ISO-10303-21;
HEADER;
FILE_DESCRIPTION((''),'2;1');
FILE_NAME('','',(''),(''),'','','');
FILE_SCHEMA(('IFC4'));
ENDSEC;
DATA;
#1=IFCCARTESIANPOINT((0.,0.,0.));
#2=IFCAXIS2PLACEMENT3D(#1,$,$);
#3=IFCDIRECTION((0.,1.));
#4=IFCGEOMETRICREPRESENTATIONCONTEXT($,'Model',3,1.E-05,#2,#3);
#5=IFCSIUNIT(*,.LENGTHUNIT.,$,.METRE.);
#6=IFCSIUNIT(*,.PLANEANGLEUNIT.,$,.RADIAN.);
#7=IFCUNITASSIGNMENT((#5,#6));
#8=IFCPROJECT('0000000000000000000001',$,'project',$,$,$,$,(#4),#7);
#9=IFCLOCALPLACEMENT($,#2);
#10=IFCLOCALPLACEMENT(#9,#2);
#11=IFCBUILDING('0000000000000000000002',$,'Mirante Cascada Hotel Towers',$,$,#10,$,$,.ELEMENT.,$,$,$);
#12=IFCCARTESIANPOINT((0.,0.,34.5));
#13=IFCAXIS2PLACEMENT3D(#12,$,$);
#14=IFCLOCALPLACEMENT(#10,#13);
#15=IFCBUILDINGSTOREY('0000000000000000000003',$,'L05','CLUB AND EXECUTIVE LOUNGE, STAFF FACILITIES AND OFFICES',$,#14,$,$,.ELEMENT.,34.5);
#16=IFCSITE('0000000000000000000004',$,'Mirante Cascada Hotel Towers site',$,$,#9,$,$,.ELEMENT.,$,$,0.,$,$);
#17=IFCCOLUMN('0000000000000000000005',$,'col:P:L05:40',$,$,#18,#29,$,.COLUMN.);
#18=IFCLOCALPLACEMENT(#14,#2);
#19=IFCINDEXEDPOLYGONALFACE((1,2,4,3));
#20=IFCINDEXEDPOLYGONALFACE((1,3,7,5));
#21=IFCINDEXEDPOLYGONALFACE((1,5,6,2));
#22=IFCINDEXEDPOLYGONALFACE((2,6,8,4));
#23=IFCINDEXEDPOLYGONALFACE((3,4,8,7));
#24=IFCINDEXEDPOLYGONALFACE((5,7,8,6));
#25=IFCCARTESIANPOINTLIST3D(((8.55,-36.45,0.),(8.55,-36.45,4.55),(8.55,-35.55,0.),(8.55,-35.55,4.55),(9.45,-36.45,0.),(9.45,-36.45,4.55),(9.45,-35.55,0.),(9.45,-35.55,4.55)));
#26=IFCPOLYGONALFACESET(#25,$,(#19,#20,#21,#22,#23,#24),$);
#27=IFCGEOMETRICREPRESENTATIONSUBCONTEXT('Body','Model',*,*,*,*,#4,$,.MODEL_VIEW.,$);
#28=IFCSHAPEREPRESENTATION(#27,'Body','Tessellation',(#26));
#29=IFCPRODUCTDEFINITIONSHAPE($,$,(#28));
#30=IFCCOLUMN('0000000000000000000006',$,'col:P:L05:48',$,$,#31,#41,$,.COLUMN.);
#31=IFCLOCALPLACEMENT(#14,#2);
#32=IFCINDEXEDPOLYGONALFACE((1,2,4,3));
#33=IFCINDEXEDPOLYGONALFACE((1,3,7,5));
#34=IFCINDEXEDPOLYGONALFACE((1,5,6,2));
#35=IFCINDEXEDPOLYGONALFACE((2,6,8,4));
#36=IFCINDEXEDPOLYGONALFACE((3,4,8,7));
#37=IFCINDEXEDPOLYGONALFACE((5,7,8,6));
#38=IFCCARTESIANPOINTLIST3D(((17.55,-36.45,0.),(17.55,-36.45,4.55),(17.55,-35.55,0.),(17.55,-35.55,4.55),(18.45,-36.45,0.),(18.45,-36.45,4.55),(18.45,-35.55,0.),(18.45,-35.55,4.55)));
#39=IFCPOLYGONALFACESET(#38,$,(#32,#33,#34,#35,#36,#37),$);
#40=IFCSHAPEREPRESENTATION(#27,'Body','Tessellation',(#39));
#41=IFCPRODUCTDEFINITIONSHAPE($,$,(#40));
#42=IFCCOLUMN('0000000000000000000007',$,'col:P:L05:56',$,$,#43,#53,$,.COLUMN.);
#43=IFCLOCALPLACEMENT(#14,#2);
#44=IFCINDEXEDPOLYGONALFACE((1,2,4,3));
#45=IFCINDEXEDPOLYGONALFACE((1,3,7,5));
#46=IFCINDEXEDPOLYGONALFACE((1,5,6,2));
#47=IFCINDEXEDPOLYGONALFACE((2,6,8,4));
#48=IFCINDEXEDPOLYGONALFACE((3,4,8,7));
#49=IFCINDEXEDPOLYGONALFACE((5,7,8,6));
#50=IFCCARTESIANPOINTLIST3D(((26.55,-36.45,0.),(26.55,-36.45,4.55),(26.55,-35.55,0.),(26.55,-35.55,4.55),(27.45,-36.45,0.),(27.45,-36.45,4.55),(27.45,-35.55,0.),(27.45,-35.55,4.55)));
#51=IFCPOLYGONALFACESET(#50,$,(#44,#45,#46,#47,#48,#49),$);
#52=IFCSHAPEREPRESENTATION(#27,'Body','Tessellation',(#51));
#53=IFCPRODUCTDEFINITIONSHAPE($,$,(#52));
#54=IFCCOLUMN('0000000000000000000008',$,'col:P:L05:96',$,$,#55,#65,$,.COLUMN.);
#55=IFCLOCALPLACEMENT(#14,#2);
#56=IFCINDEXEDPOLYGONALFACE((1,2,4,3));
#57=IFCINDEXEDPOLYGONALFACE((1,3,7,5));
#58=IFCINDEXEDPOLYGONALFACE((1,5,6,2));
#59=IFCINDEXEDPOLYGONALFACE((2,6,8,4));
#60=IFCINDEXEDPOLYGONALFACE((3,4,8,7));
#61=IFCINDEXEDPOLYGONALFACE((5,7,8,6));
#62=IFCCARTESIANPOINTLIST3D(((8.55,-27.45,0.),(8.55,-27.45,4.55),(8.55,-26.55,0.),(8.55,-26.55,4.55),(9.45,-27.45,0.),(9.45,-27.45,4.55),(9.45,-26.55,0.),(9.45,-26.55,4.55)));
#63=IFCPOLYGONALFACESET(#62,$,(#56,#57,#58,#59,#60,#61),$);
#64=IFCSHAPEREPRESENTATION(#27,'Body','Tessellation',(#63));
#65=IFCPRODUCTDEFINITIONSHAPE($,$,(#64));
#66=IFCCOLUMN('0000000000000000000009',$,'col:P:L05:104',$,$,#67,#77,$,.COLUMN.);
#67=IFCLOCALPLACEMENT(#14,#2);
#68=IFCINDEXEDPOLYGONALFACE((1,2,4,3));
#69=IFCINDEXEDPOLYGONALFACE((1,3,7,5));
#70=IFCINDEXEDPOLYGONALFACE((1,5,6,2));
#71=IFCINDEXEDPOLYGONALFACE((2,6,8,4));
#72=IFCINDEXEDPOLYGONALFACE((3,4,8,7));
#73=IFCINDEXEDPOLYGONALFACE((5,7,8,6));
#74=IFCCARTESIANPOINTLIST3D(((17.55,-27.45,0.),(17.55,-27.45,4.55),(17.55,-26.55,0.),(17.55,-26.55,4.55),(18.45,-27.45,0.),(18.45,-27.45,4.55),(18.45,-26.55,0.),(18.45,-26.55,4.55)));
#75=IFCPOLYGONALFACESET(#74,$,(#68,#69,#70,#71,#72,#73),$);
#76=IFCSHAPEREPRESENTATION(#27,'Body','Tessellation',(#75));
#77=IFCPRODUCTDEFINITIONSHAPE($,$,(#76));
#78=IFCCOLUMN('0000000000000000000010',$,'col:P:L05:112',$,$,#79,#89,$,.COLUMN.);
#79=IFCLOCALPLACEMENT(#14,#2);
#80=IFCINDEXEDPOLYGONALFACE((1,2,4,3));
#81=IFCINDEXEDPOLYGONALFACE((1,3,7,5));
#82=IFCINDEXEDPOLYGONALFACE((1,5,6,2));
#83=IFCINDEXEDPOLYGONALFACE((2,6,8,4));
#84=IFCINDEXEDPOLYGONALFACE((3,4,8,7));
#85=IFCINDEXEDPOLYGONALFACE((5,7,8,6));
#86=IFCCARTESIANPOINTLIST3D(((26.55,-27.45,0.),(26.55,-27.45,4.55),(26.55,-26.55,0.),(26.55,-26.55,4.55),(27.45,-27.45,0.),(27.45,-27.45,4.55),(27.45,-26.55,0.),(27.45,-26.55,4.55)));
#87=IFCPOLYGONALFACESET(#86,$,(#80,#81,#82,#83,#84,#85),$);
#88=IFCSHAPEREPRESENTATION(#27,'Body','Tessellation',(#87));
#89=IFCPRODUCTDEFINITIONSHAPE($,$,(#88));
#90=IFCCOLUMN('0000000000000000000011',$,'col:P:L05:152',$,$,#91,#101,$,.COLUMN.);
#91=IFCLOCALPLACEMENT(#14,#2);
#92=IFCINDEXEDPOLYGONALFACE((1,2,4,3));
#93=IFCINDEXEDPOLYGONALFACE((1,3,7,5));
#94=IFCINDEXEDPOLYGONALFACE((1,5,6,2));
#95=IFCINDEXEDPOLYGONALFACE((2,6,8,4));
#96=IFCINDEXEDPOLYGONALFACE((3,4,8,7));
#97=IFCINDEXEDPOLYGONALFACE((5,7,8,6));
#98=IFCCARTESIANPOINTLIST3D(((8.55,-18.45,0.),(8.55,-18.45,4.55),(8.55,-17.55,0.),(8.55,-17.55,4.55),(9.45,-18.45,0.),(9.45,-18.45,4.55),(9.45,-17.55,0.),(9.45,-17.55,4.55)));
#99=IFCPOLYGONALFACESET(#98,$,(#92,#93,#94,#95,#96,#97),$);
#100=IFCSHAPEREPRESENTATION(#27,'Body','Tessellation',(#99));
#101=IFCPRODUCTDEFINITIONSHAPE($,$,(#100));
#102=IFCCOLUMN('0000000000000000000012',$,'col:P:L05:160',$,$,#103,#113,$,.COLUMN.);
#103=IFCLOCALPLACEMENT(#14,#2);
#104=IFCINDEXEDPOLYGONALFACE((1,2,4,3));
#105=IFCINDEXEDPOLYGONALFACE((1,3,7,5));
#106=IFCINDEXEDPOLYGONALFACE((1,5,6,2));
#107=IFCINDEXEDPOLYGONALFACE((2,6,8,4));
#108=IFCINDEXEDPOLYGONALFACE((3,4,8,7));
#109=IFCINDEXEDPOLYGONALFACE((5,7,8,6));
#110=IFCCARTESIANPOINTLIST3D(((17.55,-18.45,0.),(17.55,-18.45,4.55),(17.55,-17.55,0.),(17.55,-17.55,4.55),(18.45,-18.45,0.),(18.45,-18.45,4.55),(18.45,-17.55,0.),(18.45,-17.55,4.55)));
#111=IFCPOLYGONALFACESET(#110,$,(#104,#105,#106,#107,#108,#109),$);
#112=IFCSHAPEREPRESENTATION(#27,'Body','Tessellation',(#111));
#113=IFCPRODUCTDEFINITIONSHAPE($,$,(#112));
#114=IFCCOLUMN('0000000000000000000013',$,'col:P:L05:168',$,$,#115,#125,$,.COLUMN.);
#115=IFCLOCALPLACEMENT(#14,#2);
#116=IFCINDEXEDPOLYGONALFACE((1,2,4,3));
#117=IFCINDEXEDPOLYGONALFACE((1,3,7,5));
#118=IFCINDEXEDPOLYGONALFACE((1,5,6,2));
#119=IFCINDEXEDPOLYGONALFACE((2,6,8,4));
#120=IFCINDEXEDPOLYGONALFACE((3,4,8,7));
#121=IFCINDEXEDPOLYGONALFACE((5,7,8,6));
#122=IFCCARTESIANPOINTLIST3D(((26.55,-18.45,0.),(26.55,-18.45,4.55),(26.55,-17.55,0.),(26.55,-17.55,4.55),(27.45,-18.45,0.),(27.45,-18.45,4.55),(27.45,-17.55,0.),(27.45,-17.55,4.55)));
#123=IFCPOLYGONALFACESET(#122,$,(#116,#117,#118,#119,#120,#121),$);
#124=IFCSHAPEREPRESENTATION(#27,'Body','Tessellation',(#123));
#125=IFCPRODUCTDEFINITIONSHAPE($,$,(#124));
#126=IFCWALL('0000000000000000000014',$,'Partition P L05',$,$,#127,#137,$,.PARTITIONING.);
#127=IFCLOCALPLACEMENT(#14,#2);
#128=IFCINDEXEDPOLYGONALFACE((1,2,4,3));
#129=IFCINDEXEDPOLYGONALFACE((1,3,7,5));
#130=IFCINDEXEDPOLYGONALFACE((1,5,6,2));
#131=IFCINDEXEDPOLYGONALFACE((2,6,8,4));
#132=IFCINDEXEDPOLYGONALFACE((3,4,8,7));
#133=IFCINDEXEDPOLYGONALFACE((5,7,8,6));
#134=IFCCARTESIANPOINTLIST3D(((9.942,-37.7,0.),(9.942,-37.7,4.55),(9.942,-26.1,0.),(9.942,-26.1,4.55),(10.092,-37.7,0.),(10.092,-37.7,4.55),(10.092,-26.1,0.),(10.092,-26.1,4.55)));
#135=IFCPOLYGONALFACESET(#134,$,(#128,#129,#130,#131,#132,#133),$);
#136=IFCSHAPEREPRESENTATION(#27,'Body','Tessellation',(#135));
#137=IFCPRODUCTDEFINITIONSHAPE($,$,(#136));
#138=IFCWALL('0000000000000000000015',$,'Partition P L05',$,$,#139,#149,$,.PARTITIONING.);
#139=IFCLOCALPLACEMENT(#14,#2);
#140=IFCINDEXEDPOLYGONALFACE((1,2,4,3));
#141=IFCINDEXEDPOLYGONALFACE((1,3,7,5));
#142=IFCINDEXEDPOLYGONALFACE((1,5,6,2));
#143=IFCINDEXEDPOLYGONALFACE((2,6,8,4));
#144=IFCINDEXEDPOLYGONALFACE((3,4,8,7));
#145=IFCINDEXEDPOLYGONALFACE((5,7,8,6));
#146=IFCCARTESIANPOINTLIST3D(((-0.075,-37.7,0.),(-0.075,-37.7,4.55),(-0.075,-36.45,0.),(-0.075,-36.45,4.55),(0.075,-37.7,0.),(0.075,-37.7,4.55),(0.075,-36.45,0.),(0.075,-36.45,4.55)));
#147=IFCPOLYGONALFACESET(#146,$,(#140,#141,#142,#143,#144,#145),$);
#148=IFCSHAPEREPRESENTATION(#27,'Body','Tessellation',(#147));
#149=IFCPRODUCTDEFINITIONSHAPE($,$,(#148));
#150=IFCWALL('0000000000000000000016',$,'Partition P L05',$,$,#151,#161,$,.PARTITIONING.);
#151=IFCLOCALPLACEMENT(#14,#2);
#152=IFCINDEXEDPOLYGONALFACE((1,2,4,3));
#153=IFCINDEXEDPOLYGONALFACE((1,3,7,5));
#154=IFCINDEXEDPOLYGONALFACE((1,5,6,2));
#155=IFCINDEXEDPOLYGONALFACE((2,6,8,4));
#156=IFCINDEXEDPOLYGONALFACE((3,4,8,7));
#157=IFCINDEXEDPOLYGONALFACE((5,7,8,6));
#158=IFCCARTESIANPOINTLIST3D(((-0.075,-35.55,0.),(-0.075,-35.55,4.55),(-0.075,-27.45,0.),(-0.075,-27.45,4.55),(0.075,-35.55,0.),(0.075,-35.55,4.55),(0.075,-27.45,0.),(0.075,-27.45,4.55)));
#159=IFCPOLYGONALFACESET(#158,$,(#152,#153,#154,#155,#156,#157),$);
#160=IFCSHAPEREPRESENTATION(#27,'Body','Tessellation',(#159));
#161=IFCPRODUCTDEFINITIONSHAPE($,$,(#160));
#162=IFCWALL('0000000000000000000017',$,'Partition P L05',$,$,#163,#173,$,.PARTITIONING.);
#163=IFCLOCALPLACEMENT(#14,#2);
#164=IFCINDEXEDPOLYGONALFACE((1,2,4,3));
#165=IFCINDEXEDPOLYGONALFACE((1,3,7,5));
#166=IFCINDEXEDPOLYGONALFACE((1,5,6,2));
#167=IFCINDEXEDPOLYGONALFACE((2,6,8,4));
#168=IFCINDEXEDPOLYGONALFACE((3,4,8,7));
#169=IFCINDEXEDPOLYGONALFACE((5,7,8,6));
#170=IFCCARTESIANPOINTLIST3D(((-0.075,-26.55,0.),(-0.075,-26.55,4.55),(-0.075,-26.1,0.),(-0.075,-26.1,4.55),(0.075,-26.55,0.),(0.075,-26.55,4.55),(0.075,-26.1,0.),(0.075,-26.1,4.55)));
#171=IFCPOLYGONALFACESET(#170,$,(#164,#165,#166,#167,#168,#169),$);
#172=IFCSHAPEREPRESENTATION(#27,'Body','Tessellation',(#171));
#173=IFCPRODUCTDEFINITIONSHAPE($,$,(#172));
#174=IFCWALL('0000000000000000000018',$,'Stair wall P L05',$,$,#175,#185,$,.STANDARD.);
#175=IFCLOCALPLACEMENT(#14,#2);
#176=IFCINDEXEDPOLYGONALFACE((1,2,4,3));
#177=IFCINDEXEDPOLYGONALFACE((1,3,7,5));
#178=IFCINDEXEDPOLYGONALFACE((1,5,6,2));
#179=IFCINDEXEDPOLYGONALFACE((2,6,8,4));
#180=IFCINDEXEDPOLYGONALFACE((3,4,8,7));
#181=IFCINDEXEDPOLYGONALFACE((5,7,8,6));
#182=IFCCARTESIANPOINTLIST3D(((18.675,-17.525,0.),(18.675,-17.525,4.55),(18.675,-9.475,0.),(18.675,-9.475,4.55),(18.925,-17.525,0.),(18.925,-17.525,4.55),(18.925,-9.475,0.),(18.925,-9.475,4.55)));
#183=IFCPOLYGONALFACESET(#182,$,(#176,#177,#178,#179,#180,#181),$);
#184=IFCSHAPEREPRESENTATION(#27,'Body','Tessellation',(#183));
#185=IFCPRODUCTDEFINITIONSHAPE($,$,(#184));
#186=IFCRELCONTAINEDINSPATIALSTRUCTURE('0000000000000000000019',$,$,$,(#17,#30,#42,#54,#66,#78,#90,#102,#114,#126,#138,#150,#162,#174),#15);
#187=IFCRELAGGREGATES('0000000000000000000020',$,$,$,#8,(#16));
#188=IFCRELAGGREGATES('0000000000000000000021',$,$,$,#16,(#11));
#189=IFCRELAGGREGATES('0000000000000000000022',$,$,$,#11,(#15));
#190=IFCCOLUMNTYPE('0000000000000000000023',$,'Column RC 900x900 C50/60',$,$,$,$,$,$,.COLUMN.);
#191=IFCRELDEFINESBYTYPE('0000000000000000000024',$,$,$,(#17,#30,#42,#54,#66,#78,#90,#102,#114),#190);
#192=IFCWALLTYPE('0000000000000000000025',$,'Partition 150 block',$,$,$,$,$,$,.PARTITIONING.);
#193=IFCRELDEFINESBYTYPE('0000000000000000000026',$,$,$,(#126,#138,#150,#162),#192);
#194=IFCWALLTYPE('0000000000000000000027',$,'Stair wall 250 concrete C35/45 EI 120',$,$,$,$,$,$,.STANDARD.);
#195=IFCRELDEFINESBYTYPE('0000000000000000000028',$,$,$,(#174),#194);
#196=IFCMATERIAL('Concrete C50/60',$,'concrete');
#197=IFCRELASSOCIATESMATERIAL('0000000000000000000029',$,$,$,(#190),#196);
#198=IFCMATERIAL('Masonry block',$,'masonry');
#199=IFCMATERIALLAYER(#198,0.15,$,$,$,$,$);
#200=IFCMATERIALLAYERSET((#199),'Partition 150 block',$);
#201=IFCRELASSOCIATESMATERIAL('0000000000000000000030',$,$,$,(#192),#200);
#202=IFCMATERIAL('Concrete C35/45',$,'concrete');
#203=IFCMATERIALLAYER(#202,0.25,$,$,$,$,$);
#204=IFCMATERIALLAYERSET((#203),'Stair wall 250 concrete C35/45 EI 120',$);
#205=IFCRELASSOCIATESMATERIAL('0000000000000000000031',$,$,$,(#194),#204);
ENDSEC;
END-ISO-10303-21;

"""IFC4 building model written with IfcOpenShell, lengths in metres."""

from ifc_helpers import new_model, si_unit, direction, frame, frame_2d, origin, origin_2d, place, context, subcontext, project, spatial, rectangle, extrude, material, layer, layer_set, material_profile, profile_set, type_object, element, save


model = new_model("IFC4")

# Units and contexts
model_context = context("Model", 3, precision=1e-05, world=origin(), true_north=direction((0.0, 1.0)))
body_context = subcontext(model_context, "Body", "Model", "MODEL_VIEW")
ifc_project = project(units=[si_unit("LENGTHUNIT", "METRE"), si_unit("PLANEANGLEUNIT", "RADIAN")], contexts=[model_context])

# Site, building, storey
site_placement = place(None, origin())
site = spatial("IfcSite", under=ifc_project, at=site_placement, Name="Mirante Cascada Hotel Towers site", CompositionType="ELEMENT", RefElevation=0.0)
building_placement = place(site_placement, origin())
building = spatial("IfcBuilding", under=site, at=building_placement, Name="Mirante Cascada Hotel Towers", CompositionType="ELEMENT")
storey_placement = place(building_placement, frame((0.0, 0.0, 34.5)))
storey = spatial("IfcBuildingStorey", under=building, at=storey_placement, Name="L05", Description="CLUB AND EXECUTIVE LOUNGE, STAFF FACILITIES AND OFFICES", CompositionType="ELEMENT", Elevation=34.5)

# Columns
ifc_material_1 = material(Name="Concrete C50/60", Category="concrete")
ifc_material_profile = material_profile(ifc_material_1, rectangle(XDim=0.9, YDim=0.9, at=origin_2d()), Name="RC 900x900")
ifc_profile_set = profile_set([ifc_material_profile], Name="Concrete C50/60")
column_type = type_object("IfcColumnType", Name="Column RC 900x900 C50/60", PredefinedType="COLUMN", material=ifc_profile_set)
for number, where, z_axis, x_axis, name in (
    (1, (9.0, -36.0, 0.0), (0.0, 0.0, 1.0), (1.0, 0.0, 0.0), "col:P:L05:40"),
    (2, (18.0, -36.0, 0.0), (0.0, 0.0, 1.0), (1.0, 0.0, 0.0), "col:P:L05:48"),
    (3, (27.0, -36.0, 0.0), (0.0, 0.0, 1.0), (1.0, 0.0, 0.0), "col:P:L05:56"),
    (4, (9.0, -27.0, 0.0), (0.0, 0.0, 1.0), (1.0, 0.0, 0.0), "col:P:L05:96"),
    (5, (18.0, -27.0, 0.0), (0.0, 0.0, 1.0), (1.0, 0.0, 0.0), "col:P:L05:104"),
    (6, (27.0, -27.0, 0.0), (0.0, 0.0, 1.0), (1.0, 0.0, 0.0), "col:P:L05:112"),
    (7, (9.0, -18.0, 0.0), (0.0, 0.0, 1.0), (1.0, 0.0, 0.0), "col:P:L05:152"),
    (8, (18.0, -18.0, 0.0), (0.0, 0.0, 1.0), (1.0, 0.0, 0.0), "col:P:L05:160"),
    (9, (27.0, -18.0, 0.0), (0.0, 0.0, 1.0), (1.0, 0.0, 0.0), "col:P:L05:168"),
):
    element("IfcColumn", number, at=place(storey_placement, frame(where, z_axis=z_axis, x_axis=x_axis)), inside=storey, type_object=column_type, Name=name, PredefinedType="COLUMN", context=body_context, shape_type="SweptSolid", body=[
        extrude(rectangle(XDim=0.9, YDim=0.9, at=origin_2d()), origin(), (0.0, 0.0, 1.0), 4.55),
    ])

# Walls
ifc_material_2 = material(Name="Masonry block", Category="masonry")
ifc_layer_1 = layer(ifc_material_2, 0.15)
ifc_layer_set_1 = layer_set([ifc_layer_1], Name="Partition 150 block")
wall_type_1 = type_object("IfcWallType", Name="Partition 150 block", PredefinedType="PARTITIONING", material=ifc_layer_set_1)
wall_1_placement = place(storey_placement, frame((10.017, -37.7, 0.0), z_axis=(0.0, 0.0, 1.0), x_axis=(0.0, 1.0, 0.0)))
element("IfcWall", 10, at=wall_1_placement, inside=storey, type_object=wall_type_1, Name="Partition P L05", PredefinedType="PARTITIONING", context=body_context, shape_type="SweptSolid", body=[
    extrude(rectangle(XDim=11.6, YDim=0.15, at=frame_2d((5.8, 0.0))), origin(), (0.0, 0.0, 1.0), 4.55),
])
wall_2_placement = place(storey_placement, frame((0.0, -37.7, 0.0), z_axis=(0.0, 0.0, 1.0), x_axis=(0.0, 1.0, 0.0)))
element("IfcWall", 11, at=wall_2_placement, inside=storey, type_object=wall_type_1, Name="Partition P L05", PredefinedType="PARTITIONING", context=body_context, shape_type="SweptSolid", body=[
    extrude(rectangle(XDim=1.25, YDim=0.15, at=frame_2d((0.625, 0.0))), origin(), (0.0, 0.0, 1.0), 4.55),
])
wall_3_placement = place(storey_placement, frame((0.0, -35.55, 0.0), z_axis=(0.0, 0.0, 1.0), x_axis=(0.0, 1.0, 0.0)))
element("IfcWall", 12, at=wall_3_placement, inside=storey, type_object=wall_type_1, Name="Partition P L05", PredefinedType="PARTITIONING", context=body_context, shape_type="SweptSolid", body=[
    extrude(rectangle(XDim=8.1, YDim=0.15, at=frame_2d((4.05, 0.0))), origin(), (0.0, 0.0, 1.0), 4.55),
])
wall_4_placement = place(storey_placement, frame((0.0, -26.55, 0.0), z_axis=(0.0, 0.0, 1.0), x_axis=(0.0, 1.0, 0.0)))
element("IfcWall", 13, at=wall_4_placement, inside=storey, type_object=wall_type_1, Name="Partition P L05", PredefinedType="PARTITIONING", context=body_context, shape_type="SweptSolid", body=[
    extrude(rectangle(XDim=0.45, YDim=0.15, at=frame_2d((0.225, 0.0))), origin(), (0.0, 0.0, 1.0), 4.55),
])
ifc_material_3 = material(Name="Concrete C35/45", Category="concrete")
ifc_layer_2 = layer(ifc_material_3, 0.25)
ifc_layer_set_2 = layer_set([ifc_layer_2], Name="Stair wall 250 concrete C35/45 EI 120")
wall_type_2 = type_object("IfcWallType", Name="Stair wall 250 concrete C35/45 EI 120", PredefinedType="STANDARD", material=ifc_layer_set_2)
wall_5_placement = place(storey_placement, frame((18.8, -17.525, 0.0), z_axis=(0.0, 0.0, 1.0), x_axis=(0.0, 1.0, 0.0)))
element("IfcWall", 14, at=wall_5_placement, inside=storey, type_object=wall_type_2, Name="Stair wall P L05", PredefinedType="STANDARD", context=body_context, shape_type="SweptSolid", body=[
    extrude(rectangle(XDim=8.05, YDim=0.25, at=frame_2d((4.025, 0.0))), origin(), (0.0, 0.0, 1.0), 4.55),
])

save(model, "model.ifc")
